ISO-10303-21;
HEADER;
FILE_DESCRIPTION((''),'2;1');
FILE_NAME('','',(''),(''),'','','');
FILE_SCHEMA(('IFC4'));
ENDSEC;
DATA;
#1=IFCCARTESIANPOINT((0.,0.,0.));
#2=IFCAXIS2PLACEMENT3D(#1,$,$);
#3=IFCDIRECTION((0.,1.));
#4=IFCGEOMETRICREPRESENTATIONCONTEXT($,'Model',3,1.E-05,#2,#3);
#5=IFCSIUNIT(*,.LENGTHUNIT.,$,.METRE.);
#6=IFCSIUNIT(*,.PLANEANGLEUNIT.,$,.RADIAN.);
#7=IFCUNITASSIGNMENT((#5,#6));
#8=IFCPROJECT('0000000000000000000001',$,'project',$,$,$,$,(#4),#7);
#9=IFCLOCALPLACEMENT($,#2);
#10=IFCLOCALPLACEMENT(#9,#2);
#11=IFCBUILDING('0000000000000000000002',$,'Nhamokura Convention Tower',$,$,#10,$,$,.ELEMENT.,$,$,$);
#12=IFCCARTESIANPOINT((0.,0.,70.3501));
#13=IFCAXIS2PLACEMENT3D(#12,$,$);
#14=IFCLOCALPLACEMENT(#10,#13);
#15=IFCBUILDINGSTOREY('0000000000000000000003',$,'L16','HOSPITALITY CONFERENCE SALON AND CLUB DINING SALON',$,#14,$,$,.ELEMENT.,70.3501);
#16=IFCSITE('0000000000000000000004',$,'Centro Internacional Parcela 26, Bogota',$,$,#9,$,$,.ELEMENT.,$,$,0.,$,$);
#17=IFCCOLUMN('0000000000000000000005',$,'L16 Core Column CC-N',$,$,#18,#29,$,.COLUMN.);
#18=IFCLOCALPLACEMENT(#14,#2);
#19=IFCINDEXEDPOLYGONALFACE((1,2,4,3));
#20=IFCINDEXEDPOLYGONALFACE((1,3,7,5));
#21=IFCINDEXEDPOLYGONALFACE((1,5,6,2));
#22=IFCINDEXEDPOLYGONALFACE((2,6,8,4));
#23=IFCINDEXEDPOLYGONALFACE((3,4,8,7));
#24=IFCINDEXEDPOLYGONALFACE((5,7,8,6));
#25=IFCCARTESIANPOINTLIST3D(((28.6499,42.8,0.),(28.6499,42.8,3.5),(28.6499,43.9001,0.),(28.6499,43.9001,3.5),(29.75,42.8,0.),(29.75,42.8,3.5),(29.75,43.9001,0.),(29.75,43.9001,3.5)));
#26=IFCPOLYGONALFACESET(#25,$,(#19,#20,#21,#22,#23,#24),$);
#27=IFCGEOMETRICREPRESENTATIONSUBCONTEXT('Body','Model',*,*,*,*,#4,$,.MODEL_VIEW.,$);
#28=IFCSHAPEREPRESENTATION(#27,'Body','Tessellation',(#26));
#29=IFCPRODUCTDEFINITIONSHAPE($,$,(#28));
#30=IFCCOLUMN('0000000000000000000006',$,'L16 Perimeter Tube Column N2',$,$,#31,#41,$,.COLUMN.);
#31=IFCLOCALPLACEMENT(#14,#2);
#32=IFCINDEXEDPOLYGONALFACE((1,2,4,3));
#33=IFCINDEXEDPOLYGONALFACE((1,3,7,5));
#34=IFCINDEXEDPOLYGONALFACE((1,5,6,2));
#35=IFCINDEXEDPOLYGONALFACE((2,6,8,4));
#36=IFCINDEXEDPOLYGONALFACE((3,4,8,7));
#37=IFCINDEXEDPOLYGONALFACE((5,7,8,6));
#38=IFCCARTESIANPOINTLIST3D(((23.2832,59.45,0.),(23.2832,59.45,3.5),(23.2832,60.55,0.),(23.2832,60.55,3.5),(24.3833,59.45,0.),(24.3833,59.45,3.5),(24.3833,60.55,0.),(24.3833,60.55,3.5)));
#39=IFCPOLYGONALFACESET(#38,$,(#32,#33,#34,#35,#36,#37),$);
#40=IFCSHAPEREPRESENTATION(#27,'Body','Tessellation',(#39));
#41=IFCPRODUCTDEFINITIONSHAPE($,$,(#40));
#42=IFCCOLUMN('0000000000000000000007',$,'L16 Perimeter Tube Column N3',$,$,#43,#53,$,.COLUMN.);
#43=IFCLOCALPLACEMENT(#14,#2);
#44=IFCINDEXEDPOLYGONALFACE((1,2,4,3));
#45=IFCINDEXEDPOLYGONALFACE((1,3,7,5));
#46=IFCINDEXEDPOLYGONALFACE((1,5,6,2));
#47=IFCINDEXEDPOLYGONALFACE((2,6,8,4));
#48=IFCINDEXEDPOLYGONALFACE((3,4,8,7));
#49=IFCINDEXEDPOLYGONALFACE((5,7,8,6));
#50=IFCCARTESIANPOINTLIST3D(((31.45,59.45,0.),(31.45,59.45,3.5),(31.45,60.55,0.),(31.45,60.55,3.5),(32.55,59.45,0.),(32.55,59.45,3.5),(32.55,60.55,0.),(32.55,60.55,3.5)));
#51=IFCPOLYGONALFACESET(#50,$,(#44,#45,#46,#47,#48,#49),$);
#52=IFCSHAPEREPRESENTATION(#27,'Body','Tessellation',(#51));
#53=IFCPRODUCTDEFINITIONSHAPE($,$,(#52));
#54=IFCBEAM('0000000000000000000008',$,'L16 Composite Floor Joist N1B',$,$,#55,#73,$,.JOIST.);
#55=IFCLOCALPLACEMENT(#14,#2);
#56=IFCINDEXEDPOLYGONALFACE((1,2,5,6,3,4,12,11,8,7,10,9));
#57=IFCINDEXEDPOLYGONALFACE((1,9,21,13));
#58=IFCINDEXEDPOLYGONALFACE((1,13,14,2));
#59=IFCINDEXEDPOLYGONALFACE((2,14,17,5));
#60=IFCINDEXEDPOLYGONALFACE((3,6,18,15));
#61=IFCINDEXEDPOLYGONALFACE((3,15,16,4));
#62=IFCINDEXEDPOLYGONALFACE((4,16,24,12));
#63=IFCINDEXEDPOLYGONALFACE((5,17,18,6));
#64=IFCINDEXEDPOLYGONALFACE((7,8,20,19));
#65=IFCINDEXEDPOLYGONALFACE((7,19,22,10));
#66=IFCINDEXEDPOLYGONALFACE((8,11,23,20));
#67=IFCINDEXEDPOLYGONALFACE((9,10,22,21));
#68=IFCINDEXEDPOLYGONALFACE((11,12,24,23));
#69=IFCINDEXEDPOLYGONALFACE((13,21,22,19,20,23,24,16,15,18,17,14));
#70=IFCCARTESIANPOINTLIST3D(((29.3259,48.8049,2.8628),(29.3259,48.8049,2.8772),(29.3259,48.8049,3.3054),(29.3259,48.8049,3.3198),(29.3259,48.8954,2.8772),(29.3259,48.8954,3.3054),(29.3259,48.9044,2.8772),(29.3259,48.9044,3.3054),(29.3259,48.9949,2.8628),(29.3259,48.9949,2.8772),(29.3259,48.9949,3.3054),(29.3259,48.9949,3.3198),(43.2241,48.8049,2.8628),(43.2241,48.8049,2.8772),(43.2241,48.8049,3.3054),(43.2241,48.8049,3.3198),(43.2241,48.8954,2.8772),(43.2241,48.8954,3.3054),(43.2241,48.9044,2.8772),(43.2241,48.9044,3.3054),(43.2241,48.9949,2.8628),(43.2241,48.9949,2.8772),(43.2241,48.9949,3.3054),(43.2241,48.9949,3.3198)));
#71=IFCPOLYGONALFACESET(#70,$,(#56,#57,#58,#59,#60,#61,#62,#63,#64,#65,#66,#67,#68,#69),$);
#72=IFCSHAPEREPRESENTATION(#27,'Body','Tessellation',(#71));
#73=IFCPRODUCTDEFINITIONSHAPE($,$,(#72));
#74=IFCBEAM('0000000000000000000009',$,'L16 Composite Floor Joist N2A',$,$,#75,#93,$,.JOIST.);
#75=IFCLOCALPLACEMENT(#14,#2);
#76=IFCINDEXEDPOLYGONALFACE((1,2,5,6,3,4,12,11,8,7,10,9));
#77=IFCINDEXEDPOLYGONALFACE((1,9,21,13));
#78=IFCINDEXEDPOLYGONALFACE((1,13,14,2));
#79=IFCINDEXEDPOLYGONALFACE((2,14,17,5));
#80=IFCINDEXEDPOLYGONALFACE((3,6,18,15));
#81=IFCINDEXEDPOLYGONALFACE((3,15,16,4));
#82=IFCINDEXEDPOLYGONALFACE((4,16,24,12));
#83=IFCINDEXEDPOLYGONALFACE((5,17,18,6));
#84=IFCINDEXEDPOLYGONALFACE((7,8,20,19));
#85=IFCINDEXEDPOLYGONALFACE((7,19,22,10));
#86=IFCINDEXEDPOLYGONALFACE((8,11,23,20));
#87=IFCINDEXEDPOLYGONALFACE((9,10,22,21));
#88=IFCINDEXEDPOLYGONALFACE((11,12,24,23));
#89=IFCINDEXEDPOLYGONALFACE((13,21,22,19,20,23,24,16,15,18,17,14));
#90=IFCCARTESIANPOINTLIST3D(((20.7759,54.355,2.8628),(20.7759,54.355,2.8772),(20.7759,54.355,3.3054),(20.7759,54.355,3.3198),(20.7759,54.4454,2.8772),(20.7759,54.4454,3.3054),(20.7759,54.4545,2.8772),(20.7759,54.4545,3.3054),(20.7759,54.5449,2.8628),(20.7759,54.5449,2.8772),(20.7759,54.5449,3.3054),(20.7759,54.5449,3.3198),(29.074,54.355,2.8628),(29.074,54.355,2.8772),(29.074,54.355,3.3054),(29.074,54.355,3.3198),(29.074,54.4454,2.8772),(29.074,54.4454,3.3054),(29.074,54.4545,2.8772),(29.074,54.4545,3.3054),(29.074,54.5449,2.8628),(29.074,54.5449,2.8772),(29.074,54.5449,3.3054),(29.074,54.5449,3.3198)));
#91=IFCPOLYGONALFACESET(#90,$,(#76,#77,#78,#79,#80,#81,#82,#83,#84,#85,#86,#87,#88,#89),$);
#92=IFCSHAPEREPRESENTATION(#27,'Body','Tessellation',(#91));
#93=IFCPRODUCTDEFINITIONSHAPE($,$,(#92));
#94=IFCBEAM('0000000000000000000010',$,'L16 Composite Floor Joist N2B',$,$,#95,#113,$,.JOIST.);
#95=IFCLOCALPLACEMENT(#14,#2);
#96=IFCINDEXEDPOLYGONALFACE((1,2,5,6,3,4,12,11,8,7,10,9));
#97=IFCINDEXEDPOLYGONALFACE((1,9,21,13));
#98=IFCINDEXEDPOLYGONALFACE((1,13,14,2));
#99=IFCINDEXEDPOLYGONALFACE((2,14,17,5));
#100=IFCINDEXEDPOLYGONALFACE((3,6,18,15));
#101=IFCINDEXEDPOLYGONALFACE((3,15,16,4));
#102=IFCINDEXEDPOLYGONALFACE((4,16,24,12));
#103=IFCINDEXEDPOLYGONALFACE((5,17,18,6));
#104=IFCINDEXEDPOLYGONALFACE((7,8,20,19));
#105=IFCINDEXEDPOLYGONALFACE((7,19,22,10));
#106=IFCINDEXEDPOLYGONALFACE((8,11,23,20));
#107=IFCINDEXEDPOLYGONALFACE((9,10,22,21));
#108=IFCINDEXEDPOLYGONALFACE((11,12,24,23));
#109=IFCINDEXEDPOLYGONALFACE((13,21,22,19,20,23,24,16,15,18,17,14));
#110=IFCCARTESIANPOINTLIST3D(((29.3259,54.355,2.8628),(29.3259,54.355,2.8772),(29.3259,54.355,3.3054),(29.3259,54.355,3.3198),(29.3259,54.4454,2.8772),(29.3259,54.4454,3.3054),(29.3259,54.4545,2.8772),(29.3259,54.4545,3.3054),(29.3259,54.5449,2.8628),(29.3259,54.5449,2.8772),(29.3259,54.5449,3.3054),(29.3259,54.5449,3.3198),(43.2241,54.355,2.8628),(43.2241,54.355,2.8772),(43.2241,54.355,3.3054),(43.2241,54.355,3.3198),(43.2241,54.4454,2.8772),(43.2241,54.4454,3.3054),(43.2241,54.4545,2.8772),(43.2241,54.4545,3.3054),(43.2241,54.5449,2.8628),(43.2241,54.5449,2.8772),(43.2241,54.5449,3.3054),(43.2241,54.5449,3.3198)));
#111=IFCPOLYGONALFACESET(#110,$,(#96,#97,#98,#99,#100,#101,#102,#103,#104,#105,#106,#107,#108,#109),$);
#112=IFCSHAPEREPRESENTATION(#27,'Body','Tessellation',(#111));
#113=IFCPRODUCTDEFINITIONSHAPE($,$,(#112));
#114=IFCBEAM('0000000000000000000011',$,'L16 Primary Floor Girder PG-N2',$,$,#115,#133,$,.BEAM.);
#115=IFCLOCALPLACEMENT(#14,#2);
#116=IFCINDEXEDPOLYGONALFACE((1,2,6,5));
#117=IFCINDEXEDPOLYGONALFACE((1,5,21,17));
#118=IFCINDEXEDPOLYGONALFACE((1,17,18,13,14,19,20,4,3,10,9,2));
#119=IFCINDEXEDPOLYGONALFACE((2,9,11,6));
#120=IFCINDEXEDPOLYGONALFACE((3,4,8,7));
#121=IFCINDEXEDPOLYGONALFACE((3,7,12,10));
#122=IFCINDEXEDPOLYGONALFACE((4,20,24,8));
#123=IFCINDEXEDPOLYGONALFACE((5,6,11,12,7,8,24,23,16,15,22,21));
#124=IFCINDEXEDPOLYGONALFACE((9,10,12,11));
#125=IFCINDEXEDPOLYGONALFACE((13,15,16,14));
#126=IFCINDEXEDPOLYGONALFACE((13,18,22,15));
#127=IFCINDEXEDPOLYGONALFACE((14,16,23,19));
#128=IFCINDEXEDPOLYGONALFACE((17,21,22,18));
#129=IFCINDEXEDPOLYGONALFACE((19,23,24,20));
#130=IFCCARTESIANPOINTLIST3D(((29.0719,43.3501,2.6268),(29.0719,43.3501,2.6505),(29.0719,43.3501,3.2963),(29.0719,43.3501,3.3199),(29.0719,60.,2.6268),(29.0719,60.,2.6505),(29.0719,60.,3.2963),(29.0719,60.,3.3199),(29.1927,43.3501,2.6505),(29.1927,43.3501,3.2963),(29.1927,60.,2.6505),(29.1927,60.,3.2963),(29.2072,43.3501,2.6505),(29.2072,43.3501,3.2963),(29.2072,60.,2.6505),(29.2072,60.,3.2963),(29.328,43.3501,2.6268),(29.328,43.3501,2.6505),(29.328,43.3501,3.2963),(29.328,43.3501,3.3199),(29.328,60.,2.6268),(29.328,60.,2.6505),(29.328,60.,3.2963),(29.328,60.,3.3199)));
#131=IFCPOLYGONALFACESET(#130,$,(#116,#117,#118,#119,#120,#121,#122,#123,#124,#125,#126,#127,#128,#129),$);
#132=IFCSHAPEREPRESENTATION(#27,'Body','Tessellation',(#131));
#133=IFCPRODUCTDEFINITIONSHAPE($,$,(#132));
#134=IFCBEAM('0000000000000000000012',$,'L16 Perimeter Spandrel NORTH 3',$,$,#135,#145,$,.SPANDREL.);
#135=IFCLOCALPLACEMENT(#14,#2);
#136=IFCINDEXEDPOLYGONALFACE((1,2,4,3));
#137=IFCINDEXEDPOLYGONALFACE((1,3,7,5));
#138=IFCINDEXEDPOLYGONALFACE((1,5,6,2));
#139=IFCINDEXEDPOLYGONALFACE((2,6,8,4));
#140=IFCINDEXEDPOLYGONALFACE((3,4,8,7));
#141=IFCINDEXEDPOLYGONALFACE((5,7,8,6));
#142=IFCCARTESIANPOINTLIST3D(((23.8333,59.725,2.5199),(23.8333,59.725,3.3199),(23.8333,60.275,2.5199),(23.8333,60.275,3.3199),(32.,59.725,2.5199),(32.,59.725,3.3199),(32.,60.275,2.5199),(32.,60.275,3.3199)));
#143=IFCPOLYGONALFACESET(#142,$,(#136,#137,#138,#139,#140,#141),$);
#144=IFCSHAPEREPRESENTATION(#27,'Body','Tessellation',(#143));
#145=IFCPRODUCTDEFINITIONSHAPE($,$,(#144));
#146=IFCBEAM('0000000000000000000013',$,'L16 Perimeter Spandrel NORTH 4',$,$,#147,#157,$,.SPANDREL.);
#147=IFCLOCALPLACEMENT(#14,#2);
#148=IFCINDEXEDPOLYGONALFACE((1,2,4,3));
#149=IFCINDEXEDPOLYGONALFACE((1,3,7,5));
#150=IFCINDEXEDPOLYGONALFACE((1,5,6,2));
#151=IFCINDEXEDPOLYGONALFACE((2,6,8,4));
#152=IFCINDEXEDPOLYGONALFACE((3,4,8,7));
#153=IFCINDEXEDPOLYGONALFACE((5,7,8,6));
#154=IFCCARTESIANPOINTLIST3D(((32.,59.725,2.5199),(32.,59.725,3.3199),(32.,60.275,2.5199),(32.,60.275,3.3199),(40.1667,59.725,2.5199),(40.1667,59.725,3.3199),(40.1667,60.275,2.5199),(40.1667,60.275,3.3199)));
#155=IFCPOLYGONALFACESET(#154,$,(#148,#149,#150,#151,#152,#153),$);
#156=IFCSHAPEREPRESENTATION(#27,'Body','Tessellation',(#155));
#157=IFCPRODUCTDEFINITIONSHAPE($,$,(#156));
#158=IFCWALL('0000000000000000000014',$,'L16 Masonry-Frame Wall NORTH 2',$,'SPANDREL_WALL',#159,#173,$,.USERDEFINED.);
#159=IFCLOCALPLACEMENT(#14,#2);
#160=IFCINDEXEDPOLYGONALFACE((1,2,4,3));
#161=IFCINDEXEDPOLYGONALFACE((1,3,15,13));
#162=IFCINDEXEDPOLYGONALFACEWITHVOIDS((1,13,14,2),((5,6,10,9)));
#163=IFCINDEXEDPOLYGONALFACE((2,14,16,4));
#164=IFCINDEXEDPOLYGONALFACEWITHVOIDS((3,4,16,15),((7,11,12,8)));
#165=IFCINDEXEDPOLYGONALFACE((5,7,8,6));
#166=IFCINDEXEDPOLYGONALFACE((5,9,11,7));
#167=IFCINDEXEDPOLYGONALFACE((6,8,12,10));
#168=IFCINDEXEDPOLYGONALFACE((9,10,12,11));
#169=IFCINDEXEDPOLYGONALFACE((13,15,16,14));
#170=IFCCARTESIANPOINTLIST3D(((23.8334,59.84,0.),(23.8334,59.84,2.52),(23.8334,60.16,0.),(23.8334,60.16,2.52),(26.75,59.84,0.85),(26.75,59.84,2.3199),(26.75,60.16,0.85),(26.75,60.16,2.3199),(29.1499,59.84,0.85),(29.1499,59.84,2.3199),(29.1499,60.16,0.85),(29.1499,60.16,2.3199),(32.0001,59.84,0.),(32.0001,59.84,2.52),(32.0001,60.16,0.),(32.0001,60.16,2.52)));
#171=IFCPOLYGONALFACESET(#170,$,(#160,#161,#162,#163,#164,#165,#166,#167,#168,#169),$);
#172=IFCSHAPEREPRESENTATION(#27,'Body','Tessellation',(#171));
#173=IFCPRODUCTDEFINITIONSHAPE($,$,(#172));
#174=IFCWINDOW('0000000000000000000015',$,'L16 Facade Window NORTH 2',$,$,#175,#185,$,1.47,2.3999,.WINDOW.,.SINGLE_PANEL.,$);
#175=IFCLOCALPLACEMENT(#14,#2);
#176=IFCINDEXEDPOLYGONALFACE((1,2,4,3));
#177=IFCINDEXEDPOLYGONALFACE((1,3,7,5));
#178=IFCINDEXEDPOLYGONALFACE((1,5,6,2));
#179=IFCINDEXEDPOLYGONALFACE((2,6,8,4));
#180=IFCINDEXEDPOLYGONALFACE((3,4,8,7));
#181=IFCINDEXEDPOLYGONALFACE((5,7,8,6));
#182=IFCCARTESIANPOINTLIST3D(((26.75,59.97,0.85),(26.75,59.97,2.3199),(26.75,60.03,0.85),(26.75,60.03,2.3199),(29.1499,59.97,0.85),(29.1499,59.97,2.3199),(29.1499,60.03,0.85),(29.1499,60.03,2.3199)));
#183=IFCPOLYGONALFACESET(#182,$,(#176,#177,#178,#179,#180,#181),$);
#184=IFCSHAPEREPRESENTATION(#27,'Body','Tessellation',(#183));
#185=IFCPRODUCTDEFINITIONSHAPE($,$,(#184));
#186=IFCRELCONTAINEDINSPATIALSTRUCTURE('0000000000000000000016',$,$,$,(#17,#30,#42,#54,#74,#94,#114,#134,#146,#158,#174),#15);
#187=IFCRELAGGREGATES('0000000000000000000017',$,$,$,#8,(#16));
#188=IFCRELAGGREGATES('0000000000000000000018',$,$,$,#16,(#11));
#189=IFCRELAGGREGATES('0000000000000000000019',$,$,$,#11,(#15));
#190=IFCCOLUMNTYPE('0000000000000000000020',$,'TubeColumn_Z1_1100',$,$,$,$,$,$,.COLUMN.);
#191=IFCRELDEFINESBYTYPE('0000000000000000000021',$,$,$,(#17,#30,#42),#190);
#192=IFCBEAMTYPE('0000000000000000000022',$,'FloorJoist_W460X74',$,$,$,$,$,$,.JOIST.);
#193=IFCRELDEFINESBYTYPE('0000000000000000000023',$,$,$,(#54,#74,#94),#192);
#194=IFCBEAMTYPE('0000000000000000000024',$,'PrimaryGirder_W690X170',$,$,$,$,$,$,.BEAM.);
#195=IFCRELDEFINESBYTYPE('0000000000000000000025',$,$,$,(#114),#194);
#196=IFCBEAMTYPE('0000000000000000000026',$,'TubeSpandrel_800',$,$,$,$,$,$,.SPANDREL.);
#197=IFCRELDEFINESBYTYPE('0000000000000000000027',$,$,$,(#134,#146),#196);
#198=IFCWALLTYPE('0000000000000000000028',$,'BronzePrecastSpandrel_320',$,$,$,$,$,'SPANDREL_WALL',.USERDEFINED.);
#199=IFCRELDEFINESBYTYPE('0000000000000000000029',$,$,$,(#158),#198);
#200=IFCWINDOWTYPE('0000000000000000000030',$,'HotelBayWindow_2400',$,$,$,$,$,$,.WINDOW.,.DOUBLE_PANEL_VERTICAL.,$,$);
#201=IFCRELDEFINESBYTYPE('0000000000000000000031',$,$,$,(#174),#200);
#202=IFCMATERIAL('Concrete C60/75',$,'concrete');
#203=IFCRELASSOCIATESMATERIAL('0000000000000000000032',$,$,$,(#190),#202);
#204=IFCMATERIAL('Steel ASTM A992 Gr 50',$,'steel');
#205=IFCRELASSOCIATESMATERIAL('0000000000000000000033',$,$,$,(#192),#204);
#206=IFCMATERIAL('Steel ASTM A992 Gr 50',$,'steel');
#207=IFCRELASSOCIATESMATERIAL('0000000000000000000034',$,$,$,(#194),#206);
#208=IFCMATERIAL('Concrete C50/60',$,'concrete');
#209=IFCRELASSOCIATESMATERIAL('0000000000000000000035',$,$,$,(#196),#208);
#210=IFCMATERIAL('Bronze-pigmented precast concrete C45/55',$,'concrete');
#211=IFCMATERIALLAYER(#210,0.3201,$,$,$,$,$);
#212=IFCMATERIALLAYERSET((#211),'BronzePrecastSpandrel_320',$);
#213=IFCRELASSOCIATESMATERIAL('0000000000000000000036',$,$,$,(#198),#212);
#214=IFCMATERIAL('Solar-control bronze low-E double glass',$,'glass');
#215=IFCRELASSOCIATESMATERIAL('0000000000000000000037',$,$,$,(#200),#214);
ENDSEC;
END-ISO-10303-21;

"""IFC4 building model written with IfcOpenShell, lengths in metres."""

from ifc_helpers import new_model, si_unit, direction, frame, frame_2d, origin, origin_2d, place, context, subcontext, project, spatial, rectangle, i_section, extrude, material, layer, layer_set, material_profile, profile_set, type_object, element, fill, save


model = new_model("IFC4")

# Units and contexts
model_context = context("Model", 3, precision=1e-05, world=origin(), true_north=direction((0.0, 1.0)))
body_context = subcontext(model_context, "Body", "Model", "MODEL_VIEW")
ifc_project = project(units=[si_unit("LENGTHUNIT", "METRE"), si_unit("PLANEANGLEUNIT", "RADIAN")], contexts=[model_context])

# Site, building, storey
site_placement = place(None, origin())
site = spatial("IfcSite", under=ifc_project, at=site_placement, Name="Centro Internacional Parcela 26, Bogota", CompositionType="ELEMENT", RefElevation=0.0)
building_placement = place(site_placement, origin())
building = spatial("IfcBuilding", under=site, at=building_placement, Name="Nhamokura Convention Tower", CompositionType="ELEMENT")
storey_placement = place(building_placement, frame((0.0, 0.0, 70.3501)))
storey = spatial("IfcBuildingStorey", under=building, at=storey_placement, Name="L16", Description="HOSPITALITY CONFERENCE SALON AND CLUB DINING SALON", CompositionType="ELEMENT", Elevation=70.3501)

# Columns
ifc_material_1 = material(Name="Concrete C60/75", Category="concrete")
ifc_material_profile_1 = material_profile(ifc_material_1, rectangle(XDim=1.1001, YDim=1.1001, at=origin_2d()))
ifc_profile_set_1 = profile_set([ifc_material_profile_1], Name="Concrete C60/75")
column_type = type_object("IfcColumnType", Name="TubeColumn_Z1_1100", PredefinedType="COLUMN", material=ifc_profile_set_1)
for number, where, z_axis, x_axis, name in (
    (1, (29.2, 43.3501, 0.0), (0.0, 0.0, 1.0), (1.0, 0.0, 0.0), "L16 Core Column CC-N"),
    (2, (23.8333, 60.0, 0.0), (0.0, 0.0, 1.0), (1.0, 0.0, 0.0), "L16 Perimeter Tube Column N2"),
    (3, (32.0, 60.0, 0.0), (0.0, 0.0, 1.0), (1.0, 0.0, 0.0), "L16 Perimeter Tube Column N3"),
):
    element("IfcColumn", number, at=place(storey_placement, frame(where, z_axis=z_axis, x_axis=x_axis)), inside=storey, type_object=column_type, Name=name, PredefinedType="COLUMN", context=body_context, shape_type="SweptSolid", body=[
        extrude(rectangle(XDim=1.1001, YDim=1.1001, at=origin_2d()), origin(), (0.0, 0.0, 1.0), 3.5),
    ])

# Beams
ifc_material_2 = material(Name="Steel ASTM A992 Gr 50", Category="steel")
ifc_material_profile_2 = material_profile(ifc_material_2, i_section(OverallWidth=0.1899, OverallDepth=0.457, WebThickness=0.009, FlangeThickness=0.0144, at=origin_2d()))
ifc_profile_set_2 = profile_set([ifc_material_profile_2], Name="Steel ASTM A992 Gr 50")
beam_type_1 = type_object("IfcBeamType", Name="FloorJoist_W460X74", PredefinedType="JOIST", material=ifc_profile_set_2)
beam_1_placement = place(storey_placement, frame((29.3259, 48.8999, 3.0913), z_axis=(1.0, 0.0, 0.0), x_axis=(0.0, 1.0, 0.0)))
element("IfcBeam", 4, at=beam_1_placement, inside=storey, type_object=beam_type_1, Name="L16 Composite Floor Joist N1B", PredefinedType="JOIST", context=body_context, shape_type="SweptSolid", body=[
    extrude(i_section(OverallWidth=0.1899, OverallDepth=0.457, WebThickness=0.009, FlangeThickness=0.0144, at=origin_2d()), origin(), (0.0, 0.0, 1.0), 13.8982),
])
beam_2_placement = place(storey_placement, frame((20.7759, 54.45, 3.0913), z_axis=(1.0, 0.0, 0.0), x_axis=(0.0, 1.0, 0.0)))
element("IfcBeam", 5, at=beam_2_placement, inside=storey, type_object=beam_type_1, Name="L16 Composite Floor Joist N2A", PredefinedType="JOIST", context=body_context, shape_type="SweptSolid", body=[
    extrude(i_section(OverallWidth=0.1899, OverallDepth=0.457, WebThickness=0.009, FlangeThickness=0.0144, at=origin_2d()), origin(), (0.0, 0.0, 1.0), 8.2981),
])
beam_3_placement = place(storey_placement, frame((29.3259, 54.45, 3.0913), z_axis=(1.0, 0.0, 0.0), x_axis=(0.0, 1.0, 0.0)))
element("IfcBeam", 6, at=beam_3_placement, inside=storey, type_object=beam_type_1, Name="L16 Composite Floor Joist N2B", PredefinedType="JOIST", context=body_context, shape_type="SweptSolid", body=[
    extrude(i_section(OverallWidth=0.1899, OverallDepth=0.457, WebThickness=0.009, FlangeThickness=0.0144, at=origin_2d()), origin(), (0.0, 0.0, 1.0), 13.8982),
])
ifc_material_3 = material(Name="Steel ASTM A992 Gr 50", Category="steel")
ifc_material_profile_3 = material_profile(ifc_material_3, i_section(OverallWidth=0.2561, OverallDepth=0.6931, WebThickness=0.0144, FlangeThickness=0.0237, at=origin_2d()))
ifc_profile_set_3 = profile_set([ifc_material_profile_3], Name="Steel ASTM A992 Gr 50")
beam_type_2 = type_object("IfcBeamType", Name="PrimaryGirder_W690X170", PredefinedType="BEAM", material=ifc_profile_set_3)
beam_4_placement = place(storey_placement, frame((29.2, 43.3501, 2.9734), z_axis=(0.0, 1.0, 0.0), x_axis=(-1.0, 0.0, 0.0)))
element("IfcBeam", 7, at=beam_4_placement, inside=storey, type_object=beam_type_2, Name="L16 Primary Floor Girder PG-N2", PredefinedType="BEAM", context=body_context, shape_type="SweptSolid", body=[
    extrude(i_section(OverallWidth=0.2561, OverallDepth=0.6931, WebThickness=0.0144, FlangeThickness=0.0237, at=origin_2d()), origin(), (0.0, 0.0, 1.0), 16.6499),
])
ifc_material_4 = material(Name="Concrete C50/60", Category="concrete")
ifc_material_profile_4 = material_profile(ifc_material_4, rectangle(XDim=0.55, YDim=0.8, at=origin_2d()))
ifc_profile_set_4 = profile_set([ifc_material_profile_4], Name="Concrete C50/60")
beam_type_3 = type_object("IfcBeamType", Name="TubeSpandrel_800", PredefinedType="SPANDREL", material=ifc_profile_set_4)
for number, where, z_axis, x_axis, name in (
    (8, (23.8333, 60.0, 2.9199), (1.0, 0.0, 0.0), (0.0, 1.0, 0.0), "L16 Perimeter Spandrel NORTH 3"),
    (9, (32.0, 60.0, 2.9199), (1.0, 0.0, 0.0), (0.0, 1.0, 0.0), "L16 Perimeter Spandrel NORTH 4"),
):
    element("IfcBeam", number, at=place(storey_placement, frame(where, z_axis=z_axis, x_axis=x_axis)), inside=storey, type_object=beam_type_3, Name=name, PredefinedType="SPANDREL", context=body_context, shape_type="SweptSolid", body=[
        extrude(rectangle(XDim=0.55, YDim=0.8, at=origin_2d()), origin(), (0.0, 0.0, 1.0), 8.1667),
    ])

# Wall, opening, window
ifc_material_5 = material(Name="Bronze-pigmented precast concrete C45/55", Category="concrete")
ifc_layer_1 = layer(ifc_material_5, 0.3201)
ifc_layer_set_1 = layer_set([ifc_layer_1], Name="BronzePrecastSpandrel_320")
wall_type_1 = type_object("IfcWallType", Name="BronzePrecastSpandrel_320", ElementType="SPANDREL_WALL", PredefinedType="USERDEFINED", material=ifc_layer_set_1)
wall_1_placement = place(storey_placement, frame((23.8333, 60.0, 0.0), z_axis=(0.0, 0.0, 1.0), x_axis=(1.0, 0.0, 0.0)))
wall_1 = element("IfcWall", 10, at=wall_1_placement, inside=storey, type_object=wall_type_1, Name="L16 Masonry-Frame Wall NORTH 2", ObjectType="SPANDREL_WALL", PredefinedType="USERDEFINED", context=body_context, shape_type="SweptSolid", body=[
    extrude(rectangle(XDim=8.1667, YDim=0.3201, at=frame_2d((4.0835, 0.0))), origin(), (0.0, 0.0, 1.0), 2.52),
])
opening_1_placement = place(wall_1_placement, frame((2.9167, 0.0, 0.8501)))
opening_1 = element("IfcOpeningElement", 11, at=opening_1_placement, cuts=wall_1, PredefinedType="OPENING", context=body_context, shape_type="SweptSolid", body=[
    extrude(rectangle(XDim=2.3999, YDim=1.47, at=frame_2d((1.2, 0.7349))), frame((0.0, 0.1699, 0.0), z_axis=(0.0, -1.0, 0.0), x_axis=(1.0, 0.0, 0.0)), (0.0, 0.0, 1.0), 0.3401),
])
ifc_material_6 = material(Name="Solar-control bronze low-E double glass", Category="glass")
window_type = type_object("IfcWindowType", Name="HotelBayWindow_2400", PartitioningType="DOUBLE_PANEL_VERTICAL", PredefinedType="WINDOW", material=ifc_material_6)
window_1_placement = place(opening_1_placement, origin())
window_1 = element("IfcWindow", 12, at=window_1_placement, inside=storey, type_object=window_type, Name="L16 Facade Window NORTH 2", OverallHeight=1.47, OverallWidth=2.3999, PartitioningType="SINGLE_PANEL", PredefinedType="WINDOW", context=body_context, shape_type="SweptSolid", body=[
    extrude(rectangle(XDim=2.3999, YDim=1.47, at=frame_2d((1.2, 0.7349))), frame((0.0, 0.03, 0.0), z_axis=(0.0, -1.0, 0.0), x_axis=(1.0, 0.0, 0.0)), (0.0, 0.0, 1.0), 0.0601),
])
fill(opening_1, window_1)

save(model, "model.ifc")
